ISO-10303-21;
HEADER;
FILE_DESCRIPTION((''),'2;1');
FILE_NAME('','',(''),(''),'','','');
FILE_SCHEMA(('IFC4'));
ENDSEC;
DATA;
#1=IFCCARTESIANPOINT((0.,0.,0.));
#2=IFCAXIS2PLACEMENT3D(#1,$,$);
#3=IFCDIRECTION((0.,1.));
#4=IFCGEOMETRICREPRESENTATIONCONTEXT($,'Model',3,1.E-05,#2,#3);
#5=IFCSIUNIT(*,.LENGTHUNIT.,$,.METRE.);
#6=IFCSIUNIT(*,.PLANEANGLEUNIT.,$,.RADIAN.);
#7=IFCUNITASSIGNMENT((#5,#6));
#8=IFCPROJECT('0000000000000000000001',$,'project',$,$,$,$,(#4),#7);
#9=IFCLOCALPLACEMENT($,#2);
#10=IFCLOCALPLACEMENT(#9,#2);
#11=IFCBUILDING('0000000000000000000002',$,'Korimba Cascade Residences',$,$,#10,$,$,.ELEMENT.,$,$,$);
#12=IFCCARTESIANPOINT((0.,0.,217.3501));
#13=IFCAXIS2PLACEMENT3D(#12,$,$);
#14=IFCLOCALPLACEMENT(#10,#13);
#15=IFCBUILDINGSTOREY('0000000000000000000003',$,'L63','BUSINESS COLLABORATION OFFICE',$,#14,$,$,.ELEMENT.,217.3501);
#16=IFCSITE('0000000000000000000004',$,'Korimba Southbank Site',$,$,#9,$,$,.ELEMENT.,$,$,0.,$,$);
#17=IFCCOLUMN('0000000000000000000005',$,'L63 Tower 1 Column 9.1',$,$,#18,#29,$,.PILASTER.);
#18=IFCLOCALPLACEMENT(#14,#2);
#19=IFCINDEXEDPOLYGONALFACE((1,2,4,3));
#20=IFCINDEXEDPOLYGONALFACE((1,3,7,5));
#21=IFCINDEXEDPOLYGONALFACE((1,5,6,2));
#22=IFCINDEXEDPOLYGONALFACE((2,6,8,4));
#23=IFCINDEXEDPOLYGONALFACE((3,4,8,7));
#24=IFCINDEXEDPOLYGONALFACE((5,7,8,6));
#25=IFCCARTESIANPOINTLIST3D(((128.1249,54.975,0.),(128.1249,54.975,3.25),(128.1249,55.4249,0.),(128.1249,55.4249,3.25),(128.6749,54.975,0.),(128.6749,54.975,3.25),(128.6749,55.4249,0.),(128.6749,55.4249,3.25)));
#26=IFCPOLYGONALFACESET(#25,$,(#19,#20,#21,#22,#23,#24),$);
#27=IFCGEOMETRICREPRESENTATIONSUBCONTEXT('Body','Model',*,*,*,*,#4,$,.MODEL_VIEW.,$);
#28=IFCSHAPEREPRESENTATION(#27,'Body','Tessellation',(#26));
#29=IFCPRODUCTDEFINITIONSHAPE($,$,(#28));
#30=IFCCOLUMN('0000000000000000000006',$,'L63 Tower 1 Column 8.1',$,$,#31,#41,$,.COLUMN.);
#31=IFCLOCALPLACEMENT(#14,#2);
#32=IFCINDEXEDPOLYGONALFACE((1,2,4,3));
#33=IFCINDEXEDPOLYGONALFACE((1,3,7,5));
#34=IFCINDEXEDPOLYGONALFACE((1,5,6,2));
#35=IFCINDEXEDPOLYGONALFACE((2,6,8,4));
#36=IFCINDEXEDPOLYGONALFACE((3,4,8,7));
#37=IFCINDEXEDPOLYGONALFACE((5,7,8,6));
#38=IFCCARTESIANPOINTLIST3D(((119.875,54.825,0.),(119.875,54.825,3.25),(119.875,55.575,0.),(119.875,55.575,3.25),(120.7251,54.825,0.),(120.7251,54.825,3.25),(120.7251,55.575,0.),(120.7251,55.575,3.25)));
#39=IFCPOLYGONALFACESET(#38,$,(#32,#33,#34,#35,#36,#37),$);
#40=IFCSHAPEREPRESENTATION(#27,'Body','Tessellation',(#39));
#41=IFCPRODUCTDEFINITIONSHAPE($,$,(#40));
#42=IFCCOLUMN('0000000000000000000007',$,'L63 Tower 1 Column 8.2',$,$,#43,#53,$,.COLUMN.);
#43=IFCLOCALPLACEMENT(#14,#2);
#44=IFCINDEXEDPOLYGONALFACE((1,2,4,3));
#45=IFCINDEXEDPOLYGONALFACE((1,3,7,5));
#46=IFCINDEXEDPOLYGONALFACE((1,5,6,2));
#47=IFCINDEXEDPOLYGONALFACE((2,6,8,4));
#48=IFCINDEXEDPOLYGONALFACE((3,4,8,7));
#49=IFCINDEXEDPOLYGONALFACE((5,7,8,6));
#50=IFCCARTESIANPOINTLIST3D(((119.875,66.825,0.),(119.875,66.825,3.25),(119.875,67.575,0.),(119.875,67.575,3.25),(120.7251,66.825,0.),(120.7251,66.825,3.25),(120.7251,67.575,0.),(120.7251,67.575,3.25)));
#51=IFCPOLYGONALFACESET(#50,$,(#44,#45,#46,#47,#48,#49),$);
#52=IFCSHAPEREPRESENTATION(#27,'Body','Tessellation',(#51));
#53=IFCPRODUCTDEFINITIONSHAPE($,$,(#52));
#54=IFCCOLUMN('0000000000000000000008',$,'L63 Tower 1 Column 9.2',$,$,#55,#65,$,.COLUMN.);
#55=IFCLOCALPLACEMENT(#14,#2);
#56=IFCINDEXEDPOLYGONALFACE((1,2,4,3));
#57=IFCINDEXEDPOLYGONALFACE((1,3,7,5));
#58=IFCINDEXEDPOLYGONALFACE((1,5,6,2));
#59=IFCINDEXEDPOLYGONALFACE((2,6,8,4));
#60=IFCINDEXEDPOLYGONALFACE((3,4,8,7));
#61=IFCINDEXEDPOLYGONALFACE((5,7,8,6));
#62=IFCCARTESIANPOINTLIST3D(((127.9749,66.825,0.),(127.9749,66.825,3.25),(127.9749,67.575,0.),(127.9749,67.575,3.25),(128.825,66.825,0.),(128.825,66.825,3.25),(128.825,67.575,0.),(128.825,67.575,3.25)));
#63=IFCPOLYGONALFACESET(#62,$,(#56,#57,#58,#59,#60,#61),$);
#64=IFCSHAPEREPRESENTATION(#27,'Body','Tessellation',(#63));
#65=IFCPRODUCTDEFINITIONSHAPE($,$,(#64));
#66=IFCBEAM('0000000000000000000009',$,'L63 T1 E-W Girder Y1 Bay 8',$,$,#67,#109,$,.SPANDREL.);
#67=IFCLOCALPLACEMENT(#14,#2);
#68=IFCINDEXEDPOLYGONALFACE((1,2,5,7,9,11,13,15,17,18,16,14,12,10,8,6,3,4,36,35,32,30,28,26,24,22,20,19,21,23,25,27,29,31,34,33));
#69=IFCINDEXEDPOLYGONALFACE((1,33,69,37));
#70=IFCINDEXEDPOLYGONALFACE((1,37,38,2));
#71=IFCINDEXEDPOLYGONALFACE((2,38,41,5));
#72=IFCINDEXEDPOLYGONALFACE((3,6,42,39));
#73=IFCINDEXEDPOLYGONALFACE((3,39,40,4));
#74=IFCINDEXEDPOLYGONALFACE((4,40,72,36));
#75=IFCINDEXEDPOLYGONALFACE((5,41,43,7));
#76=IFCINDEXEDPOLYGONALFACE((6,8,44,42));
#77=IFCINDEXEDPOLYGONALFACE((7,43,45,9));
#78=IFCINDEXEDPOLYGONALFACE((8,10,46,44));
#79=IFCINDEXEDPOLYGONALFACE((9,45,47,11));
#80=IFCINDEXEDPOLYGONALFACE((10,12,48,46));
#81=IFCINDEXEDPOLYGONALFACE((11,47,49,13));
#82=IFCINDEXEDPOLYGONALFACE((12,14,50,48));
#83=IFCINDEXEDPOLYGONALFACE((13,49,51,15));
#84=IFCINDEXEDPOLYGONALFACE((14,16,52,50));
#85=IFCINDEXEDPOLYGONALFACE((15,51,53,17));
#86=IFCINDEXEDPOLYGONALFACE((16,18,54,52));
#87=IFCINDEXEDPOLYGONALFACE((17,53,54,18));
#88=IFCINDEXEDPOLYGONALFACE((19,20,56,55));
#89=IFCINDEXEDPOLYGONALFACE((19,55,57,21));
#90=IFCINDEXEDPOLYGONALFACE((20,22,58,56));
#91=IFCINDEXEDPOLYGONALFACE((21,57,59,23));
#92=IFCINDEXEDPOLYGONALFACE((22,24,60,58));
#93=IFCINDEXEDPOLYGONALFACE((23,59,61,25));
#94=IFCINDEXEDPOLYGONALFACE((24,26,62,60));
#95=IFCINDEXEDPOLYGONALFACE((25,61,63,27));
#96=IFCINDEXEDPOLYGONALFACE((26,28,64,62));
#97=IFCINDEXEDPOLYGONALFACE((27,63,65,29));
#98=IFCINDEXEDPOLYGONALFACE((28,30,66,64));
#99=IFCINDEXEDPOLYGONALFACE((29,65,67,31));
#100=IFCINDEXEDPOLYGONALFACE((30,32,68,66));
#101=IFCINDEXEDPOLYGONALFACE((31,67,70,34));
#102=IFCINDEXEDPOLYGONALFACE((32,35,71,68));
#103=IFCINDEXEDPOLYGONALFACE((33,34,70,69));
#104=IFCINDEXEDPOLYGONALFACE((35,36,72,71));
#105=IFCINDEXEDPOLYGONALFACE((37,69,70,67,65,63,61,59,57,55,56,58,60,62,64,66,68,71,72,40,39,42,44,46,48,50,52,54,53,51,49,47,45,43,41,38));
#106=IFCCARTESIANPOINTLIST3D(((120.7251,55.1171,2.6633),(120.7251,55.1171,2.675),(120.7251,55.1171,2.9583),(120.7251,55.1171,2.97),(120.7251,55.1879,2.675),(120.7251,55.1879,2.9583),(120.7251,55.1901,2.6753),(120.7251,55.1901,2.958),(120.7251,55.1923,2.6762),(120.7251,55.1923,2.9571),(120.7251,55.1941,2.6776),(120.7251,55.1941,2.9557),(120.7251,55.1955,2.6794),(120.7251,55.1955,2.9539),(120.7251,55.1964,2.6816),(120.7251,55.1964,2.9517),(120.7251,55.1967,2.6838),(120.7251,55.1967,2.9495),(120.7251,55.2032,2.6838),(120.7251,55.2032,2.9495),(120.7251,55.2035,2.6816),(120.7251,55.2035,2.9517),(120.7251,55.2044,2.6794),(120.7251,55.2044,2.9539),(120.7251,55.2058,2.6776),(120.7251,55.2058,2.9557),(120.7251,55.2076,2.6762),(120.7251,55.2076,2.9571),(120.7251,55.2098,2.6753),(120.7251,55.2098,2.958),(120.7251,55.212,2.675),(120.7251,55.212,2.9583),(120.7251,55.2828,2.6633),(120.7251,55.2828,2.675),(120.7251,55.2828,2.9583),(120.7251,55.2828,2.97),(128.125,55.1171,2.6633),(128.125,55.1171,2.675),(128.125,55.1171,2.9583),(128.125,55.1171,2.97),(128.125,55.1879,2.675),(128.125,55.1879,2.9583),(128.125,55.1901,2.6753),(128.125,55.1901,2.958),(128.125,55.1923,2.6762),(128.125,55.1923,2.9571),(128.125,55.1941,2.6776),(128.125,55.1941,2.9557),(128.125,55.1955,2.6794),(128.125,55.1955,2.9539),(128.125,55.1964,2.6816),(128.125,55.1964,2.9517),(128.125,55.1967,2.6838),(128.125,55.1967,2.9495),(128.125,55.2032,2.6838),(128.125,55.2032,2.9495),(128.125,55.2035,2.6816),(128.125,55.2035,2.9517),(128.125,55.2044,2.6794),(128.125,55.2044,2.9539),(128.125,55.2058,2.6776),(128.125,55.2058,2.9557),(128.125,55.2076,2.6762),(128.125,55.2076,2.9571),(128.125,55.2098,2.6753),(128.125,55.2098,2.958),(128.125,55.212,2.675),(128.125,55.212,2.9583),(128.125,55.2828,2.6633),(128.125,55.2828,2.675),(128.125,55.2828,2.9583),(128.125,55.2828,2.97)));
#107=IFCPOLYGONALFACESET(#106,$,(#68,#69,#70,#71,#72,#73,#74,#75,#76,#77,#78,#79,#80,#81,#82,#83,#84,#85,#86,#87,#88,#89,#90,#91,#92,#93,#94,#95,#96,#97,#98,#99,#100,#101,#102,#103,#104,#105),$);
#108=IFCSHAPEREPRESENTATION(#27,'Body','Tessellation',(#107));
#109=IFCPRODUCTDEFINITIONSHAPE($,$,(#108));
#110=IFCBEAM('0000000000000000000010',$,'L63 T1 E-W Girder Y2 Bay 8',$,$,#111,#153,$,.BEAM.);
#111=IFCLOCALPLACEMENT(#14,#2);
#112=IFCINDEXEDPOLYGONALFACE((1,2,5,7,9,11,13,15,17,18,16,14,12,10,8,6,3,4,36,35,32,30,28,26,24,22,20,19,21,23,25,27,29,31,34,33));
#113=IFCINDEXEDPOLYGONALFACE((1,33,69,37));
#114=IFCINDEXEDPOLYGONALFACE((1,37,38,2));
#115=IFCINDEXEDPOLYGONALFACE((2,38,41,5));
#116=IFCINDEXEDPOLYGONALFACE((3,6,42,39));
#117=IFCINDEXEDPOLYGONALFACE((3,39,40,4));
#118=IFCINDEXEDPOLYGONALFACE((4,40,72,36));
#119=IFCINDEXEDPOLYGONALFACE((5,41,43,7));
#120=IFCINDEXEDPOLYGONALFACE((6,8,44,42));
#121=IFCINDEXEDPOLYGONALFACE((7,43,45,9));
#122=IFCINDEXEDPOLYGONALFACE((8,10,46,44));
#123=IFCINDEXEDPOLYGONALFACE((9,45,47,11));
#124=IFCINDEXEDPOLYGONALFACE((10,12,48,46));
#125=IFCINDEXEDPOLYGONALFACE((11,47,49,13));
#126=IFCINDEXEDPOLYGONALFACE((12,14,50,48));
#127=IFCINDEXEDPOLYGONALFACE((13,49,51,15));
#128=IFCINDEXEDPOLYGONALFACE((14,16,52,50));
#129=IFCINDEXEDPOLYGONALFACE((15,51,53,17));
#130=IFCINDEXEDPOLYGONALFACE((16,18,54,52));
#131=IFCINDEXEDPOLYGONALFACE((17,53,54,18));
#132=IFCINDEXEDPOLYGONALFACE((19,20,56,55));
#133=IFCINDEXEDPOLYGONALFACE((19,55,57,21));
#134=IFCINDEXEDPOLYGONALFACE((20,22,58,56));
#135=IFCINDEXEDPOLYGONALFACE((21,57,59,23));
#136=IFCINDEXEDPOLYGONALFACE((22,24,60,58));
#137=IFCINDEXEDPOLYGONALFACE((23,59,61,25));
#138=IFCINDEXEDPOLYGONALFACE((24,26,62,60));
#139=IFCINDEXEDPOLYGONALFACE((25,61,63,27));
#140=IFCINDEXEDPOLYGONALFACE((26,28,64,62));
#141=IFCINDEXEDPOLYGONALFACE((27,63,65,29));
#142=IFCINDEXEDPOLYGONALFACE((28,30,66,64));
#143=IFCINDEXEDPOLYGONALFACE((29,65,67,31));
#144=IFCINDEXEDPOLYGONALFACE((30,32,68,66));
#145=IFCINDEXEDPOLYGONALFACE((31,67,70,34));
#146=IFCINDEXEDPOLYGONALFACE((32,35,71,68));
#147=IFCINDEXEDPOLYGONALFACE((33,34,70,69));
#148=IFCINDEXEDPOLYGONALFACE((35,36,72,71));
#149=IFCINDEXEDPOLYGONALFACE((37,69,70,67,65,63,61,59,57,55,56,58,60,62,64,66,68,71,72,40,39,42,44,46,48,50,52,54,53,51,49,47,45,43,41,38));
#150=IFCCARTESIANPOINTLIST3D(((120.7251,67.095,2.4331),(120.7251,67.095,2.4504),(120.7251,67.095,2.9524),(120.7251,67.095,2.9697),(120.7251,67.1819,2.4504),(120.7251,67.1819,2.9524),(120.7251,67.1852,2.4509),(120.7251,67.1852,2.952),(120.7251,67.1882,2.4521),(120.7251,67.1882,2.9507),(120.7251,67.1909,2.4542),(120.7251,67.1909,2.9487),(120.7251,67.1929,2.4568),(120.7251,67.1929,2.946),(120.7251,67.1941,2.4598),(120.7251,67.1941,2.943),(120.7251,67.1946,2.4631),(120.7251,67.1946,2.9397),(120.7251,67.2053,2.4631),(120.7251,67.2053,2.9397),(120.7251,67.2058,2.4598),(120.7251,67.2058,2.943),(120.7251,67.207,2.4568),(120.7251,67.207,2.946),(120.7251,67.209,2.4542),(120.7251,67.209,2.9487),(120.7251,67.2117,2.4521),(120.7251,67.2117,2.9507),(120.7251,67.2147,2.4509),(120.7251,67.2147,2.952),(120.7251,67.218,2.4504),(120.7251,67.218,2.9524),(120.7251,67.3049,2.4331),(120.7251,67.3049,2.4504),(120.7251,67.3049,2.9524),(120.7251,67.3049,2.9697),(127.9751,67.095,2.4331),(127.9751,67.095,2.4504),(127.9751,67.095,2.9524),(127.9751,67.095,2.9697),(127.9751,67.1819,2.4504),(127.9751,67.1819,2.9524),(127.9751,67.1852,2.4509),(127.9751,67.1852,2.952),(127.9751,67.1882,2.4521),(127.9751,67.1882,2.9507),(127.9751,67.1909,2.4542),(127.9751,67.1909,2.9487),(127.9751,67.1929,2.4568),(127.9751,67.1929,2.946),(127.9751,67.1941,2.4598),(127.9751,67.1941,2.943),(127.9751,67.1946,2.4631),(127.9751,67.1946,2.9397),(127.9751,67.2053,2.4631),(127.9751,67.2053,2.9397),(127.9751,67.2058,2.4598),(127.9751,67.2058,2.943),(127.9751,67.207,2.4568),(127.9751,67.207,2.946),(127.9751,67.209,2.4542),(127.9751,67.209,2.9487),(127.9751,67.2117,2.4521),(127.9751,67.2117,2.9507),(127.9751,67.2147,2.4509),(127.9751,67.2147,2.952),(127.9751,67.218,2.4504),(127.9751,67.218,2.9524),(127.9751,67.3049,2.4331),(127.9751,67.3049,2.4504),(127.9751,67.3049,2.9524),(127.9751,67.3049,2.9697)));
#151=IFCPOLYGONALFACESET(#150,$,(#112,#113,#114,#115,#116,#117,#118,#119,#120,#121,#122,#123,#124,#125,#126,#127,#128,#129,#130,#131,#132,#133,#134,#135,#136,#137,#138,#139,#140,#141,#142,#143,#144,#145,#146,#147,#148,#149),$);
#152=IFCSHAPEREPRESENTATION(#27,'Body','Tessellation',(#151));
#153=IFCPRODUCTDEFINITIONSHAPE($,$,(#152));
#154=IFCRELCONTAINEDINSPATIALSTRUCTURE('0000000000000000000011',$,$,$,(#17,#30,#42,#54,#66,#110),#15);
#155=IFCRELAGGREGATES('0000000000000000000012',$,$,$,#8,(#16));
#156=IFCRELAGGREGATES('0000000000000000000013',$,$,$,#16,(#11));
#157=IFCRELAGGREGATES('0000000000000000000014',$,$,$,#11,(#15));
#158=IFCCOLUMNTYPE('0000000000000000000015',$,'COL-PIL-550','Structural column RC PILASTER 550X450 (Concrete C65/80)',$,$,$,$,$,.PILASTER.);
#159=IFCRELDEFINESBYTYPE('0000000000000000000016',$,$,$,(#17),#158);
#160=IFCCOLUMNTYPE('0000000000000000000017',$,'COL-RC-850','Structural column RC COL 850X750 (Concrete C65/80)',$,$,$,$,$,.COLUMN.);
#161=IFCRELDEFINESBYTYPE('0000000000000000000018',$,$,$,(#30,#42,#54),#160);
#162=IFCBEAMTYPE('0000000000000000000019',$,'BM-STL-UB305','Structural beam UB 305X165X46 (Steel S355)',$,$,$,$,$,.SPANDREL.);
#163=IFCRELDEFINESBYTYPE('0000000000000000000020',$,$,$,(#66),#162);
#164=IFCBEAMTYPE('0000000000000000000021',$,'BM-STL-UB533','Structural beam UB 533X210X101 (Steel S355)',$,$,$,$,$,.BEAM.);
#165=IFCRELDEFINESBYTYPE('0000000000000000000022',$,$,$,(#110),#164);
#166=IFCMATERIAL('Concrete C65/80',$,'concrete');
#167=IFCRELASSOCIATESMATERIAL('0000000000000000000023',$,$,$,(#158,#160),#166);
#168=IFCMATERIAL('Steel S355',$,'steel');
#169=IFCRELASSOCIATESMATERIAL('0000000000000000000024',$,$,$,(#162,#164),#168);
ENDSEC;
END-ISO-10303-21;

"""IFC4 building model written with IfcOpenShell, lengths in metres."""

from ifc_helpers import new_model, si_unit, direction, frame, origin, origin_2d, place, context, subcontext, project, spatial, rectangle, i_section, extrude, material, material_profile, profile_set, type_object, element, save


model = new_model("IFC4")

# Units and contexts
model_context = context("Model", 3, precision=1e-05, world=origin(), true_north=direction((0.0, 1.0)))
body_context = subcontext(model_context, "Body", "Model", "MODEL_VIEW")
ifc_project = project(units=[si_unit("LENGTHUNIT", "METRE"), si_unit("PLANEANGLEUNIT", "RADIAN")], contexts=[model_context])

# Site, building, storey
site_placement = place(None, origin())
site = spatial("IfcSite", under=ifc_project, at=site_placement, Name="Korimba Southbank Site", CompositionType="ELEMENT", RefElevation=0.0)
building_placement = place(site_placement, origin())
building = spatial("IfcBuilding", under=site, at=building_placement, Name="Korimba Cascade Residences", CompositionType="ELEMENT")
storey_placement = place(building_placement, frame((0.0, 0.0, 217.3501)))
storey = spatial("IfcBuildingStorey", under=building, at=storey_placement, Name="L63", Description="BUSINESS COLLABORATION OFFICE", CompositionType="ELEMENT", Elevation=217.3501)

# Columns
ifc_material_1 = material(Name="Concrete C65/80", Category="concrete")
ifc_material_profile_1 = material_profile(ifc_material_1, rectangle(XDim=0.55, YDim=0.45, at=origin_2d()), Name="Concrete C65/80")
ifc_profile_set_1 = profile_set([ifc_material_profile_1], Name="Concrete C65/80")
column_type_1 = type_object("IfcColumnType", Name="COL-PIL-550", Description="Structural column RC PILASTER 550X450 (Concrete C65/80)", PredefinedType="PILASTER", material=ifc_profile_set_1)
column_placement = place(storey_placement, frame((128.3999, 55.2, 0.0), z_axis=(0.0, 0.0, 1.0), x_axis=(1.0, 0.0, 0.0)))
element("IfcColumn", 1, at=column_placement, inside=storey, type_object=column_type_1, Name="L63 Tower 1 Column 9.1", PredefinedType="PILASTER", context=body_context, shape_type="SweptSolid", body=[
    extrude(rectangle(XDim=0.55, YDim=0.45, at=origin_2d()), origin(), (0.0, 0.0, 1.0), 3.25),
])
ifc_material_profile_2 = material_profile(ifc_material_1, rectangle(XDim=0.8501, YDim=0.75, at=origin_2d()), Name="Concrete C65/80")
ifc_profile_set_2 = profile_set([ifc_material_profile_2], Name="Concrete C65/80")
column_type_2 = type_object("IfcColumnType", Name="COL-RC-850", Description="Structural column RC COL 850X750 (Concrete C65/80)", PredefinedType="COLUMN", material=ifc_profile_set_2)
for number, where, z_axis, x_axis, name in (
    (2, (120.3, 55.2, 0.0), (0.0, 0.0, 1.0), (1.0, 0.0, 0.0), "L63 Tower 1 Column 8.1"),
    (3, (120.3, 67.2, 0.0), (0.0, 0.0, 1.0), (1.0, 0.0, 0.0), "L63 Tower 1 Column 8.2"),
    (4, (128.3999, 67.2, 0.0), (0.0, 0.0, 1.0), (1.0, 0.0, 0.0), "L63 Tower 1 Column 9.2"),
):
    element("IfcColumn", number, at=place(storey_placement, frame(where, z_axis=z_axis, x_axis=x_axis)), inside=storey, type_object=column_type_2, Name=name, PredefinedType="COLUMN", context=body_context, shape_type="SweptSolid", body=[
        extrude(rectangle(XDim=0.8501, YDim=0.75, at=origin_2d()), origin(), (0.0, 0.0, 1.0), 3.25),
    ])

# Beams
ifc_material_2 = material(Name="Steel S355", Category="steel")
ifc_material_profile_3 = material_profile(ifc_material_2, i_section(OverallWidth=0.1658, OverallDepth=0.3066, WebThickness=0.0066, FlangeThickness=0.0117, FilletRadius=0.0088, at=origin_2d()), Name="Steel S355")
ifc_profile_set_3 = profile_set([ifc_material_profile_3], Name="Steel S355")
beam_type_1 = type_object("IfcBeamType", Name="BM-STL-UB305", Description="Structural beam UB 305X165X46 (Steel S355)", PredefinedType="SPANDREL", material=ifc_profile_set_3)
beam_1_placement = place(storey_placement, frame((120.7251, 55.2, 2.8167), z_axis=(1.0, 0.0, 0.0), x_axis=(0.0, 1.0, 0.0)))
element("IfcBeam", 5, at=beam_1_placement, inside=storey, type_object=beam_type_1, Name="L63 T1 E-W Girder Y1 Bay 8", PredefinedType="SPANDREL", context=body_context, shape_type="SweptSolid", body=[
    extrude(i_section(OverallWidth=0.1658, OverallDepth=0.3066, WebThickness=0.0066, FlangeThickness=0.0117, FilletRadius=0.0088, at=origin_2d()), origin(), (0.0, 0.0, 1.0), 7.3999),
])
ifc_material_profile_4 = material_profile(ifc_material_2, i_section(OverallWidth=0.21, OverallDepth=0.5366, WebThickness=0.0107, FlangeThickness=0.0173, FilletRadius=0.0127, at=origin_2d()), Name="Steel S355")
ifc_profile_set_4 = profile_set([ifc_material_profile_4], Name="Steel S355")
beam_type_2 = type_object("IfcBeamType", Name="BM-STL-UB533", Description="Structural beam UB 533X210X101 (Steel S355)", PredefinedType="BEAM", material=ifc_profile_set_4)
beam_2_placement = place(storey_placement, frame((120.7251, 67.2, 2.7014), z_axis=(1.0, 0.0, 0.0), x_axis=(0.0, 1.0, 0.0)))
element("IfcBeam", 6, at=beam_2_placement, inside=storey, type_object=beam_type_2, Name="L63 T1 E-W Girder Y2 Bay 8", PredefinedType="BEAM", context=body_context, shape_type="SweptSolid", body=[
    extrude(i_section(OverallWidth=0.21, OverallDepth=0.5366, WebThickness=0.0107, FlangeThickness=0.0173, FilletRadius=0.0127, at=origin_2d()), origin(), (0.0, 0.0, 1.0), 7.25),
])

save(model, "model.ifc")
